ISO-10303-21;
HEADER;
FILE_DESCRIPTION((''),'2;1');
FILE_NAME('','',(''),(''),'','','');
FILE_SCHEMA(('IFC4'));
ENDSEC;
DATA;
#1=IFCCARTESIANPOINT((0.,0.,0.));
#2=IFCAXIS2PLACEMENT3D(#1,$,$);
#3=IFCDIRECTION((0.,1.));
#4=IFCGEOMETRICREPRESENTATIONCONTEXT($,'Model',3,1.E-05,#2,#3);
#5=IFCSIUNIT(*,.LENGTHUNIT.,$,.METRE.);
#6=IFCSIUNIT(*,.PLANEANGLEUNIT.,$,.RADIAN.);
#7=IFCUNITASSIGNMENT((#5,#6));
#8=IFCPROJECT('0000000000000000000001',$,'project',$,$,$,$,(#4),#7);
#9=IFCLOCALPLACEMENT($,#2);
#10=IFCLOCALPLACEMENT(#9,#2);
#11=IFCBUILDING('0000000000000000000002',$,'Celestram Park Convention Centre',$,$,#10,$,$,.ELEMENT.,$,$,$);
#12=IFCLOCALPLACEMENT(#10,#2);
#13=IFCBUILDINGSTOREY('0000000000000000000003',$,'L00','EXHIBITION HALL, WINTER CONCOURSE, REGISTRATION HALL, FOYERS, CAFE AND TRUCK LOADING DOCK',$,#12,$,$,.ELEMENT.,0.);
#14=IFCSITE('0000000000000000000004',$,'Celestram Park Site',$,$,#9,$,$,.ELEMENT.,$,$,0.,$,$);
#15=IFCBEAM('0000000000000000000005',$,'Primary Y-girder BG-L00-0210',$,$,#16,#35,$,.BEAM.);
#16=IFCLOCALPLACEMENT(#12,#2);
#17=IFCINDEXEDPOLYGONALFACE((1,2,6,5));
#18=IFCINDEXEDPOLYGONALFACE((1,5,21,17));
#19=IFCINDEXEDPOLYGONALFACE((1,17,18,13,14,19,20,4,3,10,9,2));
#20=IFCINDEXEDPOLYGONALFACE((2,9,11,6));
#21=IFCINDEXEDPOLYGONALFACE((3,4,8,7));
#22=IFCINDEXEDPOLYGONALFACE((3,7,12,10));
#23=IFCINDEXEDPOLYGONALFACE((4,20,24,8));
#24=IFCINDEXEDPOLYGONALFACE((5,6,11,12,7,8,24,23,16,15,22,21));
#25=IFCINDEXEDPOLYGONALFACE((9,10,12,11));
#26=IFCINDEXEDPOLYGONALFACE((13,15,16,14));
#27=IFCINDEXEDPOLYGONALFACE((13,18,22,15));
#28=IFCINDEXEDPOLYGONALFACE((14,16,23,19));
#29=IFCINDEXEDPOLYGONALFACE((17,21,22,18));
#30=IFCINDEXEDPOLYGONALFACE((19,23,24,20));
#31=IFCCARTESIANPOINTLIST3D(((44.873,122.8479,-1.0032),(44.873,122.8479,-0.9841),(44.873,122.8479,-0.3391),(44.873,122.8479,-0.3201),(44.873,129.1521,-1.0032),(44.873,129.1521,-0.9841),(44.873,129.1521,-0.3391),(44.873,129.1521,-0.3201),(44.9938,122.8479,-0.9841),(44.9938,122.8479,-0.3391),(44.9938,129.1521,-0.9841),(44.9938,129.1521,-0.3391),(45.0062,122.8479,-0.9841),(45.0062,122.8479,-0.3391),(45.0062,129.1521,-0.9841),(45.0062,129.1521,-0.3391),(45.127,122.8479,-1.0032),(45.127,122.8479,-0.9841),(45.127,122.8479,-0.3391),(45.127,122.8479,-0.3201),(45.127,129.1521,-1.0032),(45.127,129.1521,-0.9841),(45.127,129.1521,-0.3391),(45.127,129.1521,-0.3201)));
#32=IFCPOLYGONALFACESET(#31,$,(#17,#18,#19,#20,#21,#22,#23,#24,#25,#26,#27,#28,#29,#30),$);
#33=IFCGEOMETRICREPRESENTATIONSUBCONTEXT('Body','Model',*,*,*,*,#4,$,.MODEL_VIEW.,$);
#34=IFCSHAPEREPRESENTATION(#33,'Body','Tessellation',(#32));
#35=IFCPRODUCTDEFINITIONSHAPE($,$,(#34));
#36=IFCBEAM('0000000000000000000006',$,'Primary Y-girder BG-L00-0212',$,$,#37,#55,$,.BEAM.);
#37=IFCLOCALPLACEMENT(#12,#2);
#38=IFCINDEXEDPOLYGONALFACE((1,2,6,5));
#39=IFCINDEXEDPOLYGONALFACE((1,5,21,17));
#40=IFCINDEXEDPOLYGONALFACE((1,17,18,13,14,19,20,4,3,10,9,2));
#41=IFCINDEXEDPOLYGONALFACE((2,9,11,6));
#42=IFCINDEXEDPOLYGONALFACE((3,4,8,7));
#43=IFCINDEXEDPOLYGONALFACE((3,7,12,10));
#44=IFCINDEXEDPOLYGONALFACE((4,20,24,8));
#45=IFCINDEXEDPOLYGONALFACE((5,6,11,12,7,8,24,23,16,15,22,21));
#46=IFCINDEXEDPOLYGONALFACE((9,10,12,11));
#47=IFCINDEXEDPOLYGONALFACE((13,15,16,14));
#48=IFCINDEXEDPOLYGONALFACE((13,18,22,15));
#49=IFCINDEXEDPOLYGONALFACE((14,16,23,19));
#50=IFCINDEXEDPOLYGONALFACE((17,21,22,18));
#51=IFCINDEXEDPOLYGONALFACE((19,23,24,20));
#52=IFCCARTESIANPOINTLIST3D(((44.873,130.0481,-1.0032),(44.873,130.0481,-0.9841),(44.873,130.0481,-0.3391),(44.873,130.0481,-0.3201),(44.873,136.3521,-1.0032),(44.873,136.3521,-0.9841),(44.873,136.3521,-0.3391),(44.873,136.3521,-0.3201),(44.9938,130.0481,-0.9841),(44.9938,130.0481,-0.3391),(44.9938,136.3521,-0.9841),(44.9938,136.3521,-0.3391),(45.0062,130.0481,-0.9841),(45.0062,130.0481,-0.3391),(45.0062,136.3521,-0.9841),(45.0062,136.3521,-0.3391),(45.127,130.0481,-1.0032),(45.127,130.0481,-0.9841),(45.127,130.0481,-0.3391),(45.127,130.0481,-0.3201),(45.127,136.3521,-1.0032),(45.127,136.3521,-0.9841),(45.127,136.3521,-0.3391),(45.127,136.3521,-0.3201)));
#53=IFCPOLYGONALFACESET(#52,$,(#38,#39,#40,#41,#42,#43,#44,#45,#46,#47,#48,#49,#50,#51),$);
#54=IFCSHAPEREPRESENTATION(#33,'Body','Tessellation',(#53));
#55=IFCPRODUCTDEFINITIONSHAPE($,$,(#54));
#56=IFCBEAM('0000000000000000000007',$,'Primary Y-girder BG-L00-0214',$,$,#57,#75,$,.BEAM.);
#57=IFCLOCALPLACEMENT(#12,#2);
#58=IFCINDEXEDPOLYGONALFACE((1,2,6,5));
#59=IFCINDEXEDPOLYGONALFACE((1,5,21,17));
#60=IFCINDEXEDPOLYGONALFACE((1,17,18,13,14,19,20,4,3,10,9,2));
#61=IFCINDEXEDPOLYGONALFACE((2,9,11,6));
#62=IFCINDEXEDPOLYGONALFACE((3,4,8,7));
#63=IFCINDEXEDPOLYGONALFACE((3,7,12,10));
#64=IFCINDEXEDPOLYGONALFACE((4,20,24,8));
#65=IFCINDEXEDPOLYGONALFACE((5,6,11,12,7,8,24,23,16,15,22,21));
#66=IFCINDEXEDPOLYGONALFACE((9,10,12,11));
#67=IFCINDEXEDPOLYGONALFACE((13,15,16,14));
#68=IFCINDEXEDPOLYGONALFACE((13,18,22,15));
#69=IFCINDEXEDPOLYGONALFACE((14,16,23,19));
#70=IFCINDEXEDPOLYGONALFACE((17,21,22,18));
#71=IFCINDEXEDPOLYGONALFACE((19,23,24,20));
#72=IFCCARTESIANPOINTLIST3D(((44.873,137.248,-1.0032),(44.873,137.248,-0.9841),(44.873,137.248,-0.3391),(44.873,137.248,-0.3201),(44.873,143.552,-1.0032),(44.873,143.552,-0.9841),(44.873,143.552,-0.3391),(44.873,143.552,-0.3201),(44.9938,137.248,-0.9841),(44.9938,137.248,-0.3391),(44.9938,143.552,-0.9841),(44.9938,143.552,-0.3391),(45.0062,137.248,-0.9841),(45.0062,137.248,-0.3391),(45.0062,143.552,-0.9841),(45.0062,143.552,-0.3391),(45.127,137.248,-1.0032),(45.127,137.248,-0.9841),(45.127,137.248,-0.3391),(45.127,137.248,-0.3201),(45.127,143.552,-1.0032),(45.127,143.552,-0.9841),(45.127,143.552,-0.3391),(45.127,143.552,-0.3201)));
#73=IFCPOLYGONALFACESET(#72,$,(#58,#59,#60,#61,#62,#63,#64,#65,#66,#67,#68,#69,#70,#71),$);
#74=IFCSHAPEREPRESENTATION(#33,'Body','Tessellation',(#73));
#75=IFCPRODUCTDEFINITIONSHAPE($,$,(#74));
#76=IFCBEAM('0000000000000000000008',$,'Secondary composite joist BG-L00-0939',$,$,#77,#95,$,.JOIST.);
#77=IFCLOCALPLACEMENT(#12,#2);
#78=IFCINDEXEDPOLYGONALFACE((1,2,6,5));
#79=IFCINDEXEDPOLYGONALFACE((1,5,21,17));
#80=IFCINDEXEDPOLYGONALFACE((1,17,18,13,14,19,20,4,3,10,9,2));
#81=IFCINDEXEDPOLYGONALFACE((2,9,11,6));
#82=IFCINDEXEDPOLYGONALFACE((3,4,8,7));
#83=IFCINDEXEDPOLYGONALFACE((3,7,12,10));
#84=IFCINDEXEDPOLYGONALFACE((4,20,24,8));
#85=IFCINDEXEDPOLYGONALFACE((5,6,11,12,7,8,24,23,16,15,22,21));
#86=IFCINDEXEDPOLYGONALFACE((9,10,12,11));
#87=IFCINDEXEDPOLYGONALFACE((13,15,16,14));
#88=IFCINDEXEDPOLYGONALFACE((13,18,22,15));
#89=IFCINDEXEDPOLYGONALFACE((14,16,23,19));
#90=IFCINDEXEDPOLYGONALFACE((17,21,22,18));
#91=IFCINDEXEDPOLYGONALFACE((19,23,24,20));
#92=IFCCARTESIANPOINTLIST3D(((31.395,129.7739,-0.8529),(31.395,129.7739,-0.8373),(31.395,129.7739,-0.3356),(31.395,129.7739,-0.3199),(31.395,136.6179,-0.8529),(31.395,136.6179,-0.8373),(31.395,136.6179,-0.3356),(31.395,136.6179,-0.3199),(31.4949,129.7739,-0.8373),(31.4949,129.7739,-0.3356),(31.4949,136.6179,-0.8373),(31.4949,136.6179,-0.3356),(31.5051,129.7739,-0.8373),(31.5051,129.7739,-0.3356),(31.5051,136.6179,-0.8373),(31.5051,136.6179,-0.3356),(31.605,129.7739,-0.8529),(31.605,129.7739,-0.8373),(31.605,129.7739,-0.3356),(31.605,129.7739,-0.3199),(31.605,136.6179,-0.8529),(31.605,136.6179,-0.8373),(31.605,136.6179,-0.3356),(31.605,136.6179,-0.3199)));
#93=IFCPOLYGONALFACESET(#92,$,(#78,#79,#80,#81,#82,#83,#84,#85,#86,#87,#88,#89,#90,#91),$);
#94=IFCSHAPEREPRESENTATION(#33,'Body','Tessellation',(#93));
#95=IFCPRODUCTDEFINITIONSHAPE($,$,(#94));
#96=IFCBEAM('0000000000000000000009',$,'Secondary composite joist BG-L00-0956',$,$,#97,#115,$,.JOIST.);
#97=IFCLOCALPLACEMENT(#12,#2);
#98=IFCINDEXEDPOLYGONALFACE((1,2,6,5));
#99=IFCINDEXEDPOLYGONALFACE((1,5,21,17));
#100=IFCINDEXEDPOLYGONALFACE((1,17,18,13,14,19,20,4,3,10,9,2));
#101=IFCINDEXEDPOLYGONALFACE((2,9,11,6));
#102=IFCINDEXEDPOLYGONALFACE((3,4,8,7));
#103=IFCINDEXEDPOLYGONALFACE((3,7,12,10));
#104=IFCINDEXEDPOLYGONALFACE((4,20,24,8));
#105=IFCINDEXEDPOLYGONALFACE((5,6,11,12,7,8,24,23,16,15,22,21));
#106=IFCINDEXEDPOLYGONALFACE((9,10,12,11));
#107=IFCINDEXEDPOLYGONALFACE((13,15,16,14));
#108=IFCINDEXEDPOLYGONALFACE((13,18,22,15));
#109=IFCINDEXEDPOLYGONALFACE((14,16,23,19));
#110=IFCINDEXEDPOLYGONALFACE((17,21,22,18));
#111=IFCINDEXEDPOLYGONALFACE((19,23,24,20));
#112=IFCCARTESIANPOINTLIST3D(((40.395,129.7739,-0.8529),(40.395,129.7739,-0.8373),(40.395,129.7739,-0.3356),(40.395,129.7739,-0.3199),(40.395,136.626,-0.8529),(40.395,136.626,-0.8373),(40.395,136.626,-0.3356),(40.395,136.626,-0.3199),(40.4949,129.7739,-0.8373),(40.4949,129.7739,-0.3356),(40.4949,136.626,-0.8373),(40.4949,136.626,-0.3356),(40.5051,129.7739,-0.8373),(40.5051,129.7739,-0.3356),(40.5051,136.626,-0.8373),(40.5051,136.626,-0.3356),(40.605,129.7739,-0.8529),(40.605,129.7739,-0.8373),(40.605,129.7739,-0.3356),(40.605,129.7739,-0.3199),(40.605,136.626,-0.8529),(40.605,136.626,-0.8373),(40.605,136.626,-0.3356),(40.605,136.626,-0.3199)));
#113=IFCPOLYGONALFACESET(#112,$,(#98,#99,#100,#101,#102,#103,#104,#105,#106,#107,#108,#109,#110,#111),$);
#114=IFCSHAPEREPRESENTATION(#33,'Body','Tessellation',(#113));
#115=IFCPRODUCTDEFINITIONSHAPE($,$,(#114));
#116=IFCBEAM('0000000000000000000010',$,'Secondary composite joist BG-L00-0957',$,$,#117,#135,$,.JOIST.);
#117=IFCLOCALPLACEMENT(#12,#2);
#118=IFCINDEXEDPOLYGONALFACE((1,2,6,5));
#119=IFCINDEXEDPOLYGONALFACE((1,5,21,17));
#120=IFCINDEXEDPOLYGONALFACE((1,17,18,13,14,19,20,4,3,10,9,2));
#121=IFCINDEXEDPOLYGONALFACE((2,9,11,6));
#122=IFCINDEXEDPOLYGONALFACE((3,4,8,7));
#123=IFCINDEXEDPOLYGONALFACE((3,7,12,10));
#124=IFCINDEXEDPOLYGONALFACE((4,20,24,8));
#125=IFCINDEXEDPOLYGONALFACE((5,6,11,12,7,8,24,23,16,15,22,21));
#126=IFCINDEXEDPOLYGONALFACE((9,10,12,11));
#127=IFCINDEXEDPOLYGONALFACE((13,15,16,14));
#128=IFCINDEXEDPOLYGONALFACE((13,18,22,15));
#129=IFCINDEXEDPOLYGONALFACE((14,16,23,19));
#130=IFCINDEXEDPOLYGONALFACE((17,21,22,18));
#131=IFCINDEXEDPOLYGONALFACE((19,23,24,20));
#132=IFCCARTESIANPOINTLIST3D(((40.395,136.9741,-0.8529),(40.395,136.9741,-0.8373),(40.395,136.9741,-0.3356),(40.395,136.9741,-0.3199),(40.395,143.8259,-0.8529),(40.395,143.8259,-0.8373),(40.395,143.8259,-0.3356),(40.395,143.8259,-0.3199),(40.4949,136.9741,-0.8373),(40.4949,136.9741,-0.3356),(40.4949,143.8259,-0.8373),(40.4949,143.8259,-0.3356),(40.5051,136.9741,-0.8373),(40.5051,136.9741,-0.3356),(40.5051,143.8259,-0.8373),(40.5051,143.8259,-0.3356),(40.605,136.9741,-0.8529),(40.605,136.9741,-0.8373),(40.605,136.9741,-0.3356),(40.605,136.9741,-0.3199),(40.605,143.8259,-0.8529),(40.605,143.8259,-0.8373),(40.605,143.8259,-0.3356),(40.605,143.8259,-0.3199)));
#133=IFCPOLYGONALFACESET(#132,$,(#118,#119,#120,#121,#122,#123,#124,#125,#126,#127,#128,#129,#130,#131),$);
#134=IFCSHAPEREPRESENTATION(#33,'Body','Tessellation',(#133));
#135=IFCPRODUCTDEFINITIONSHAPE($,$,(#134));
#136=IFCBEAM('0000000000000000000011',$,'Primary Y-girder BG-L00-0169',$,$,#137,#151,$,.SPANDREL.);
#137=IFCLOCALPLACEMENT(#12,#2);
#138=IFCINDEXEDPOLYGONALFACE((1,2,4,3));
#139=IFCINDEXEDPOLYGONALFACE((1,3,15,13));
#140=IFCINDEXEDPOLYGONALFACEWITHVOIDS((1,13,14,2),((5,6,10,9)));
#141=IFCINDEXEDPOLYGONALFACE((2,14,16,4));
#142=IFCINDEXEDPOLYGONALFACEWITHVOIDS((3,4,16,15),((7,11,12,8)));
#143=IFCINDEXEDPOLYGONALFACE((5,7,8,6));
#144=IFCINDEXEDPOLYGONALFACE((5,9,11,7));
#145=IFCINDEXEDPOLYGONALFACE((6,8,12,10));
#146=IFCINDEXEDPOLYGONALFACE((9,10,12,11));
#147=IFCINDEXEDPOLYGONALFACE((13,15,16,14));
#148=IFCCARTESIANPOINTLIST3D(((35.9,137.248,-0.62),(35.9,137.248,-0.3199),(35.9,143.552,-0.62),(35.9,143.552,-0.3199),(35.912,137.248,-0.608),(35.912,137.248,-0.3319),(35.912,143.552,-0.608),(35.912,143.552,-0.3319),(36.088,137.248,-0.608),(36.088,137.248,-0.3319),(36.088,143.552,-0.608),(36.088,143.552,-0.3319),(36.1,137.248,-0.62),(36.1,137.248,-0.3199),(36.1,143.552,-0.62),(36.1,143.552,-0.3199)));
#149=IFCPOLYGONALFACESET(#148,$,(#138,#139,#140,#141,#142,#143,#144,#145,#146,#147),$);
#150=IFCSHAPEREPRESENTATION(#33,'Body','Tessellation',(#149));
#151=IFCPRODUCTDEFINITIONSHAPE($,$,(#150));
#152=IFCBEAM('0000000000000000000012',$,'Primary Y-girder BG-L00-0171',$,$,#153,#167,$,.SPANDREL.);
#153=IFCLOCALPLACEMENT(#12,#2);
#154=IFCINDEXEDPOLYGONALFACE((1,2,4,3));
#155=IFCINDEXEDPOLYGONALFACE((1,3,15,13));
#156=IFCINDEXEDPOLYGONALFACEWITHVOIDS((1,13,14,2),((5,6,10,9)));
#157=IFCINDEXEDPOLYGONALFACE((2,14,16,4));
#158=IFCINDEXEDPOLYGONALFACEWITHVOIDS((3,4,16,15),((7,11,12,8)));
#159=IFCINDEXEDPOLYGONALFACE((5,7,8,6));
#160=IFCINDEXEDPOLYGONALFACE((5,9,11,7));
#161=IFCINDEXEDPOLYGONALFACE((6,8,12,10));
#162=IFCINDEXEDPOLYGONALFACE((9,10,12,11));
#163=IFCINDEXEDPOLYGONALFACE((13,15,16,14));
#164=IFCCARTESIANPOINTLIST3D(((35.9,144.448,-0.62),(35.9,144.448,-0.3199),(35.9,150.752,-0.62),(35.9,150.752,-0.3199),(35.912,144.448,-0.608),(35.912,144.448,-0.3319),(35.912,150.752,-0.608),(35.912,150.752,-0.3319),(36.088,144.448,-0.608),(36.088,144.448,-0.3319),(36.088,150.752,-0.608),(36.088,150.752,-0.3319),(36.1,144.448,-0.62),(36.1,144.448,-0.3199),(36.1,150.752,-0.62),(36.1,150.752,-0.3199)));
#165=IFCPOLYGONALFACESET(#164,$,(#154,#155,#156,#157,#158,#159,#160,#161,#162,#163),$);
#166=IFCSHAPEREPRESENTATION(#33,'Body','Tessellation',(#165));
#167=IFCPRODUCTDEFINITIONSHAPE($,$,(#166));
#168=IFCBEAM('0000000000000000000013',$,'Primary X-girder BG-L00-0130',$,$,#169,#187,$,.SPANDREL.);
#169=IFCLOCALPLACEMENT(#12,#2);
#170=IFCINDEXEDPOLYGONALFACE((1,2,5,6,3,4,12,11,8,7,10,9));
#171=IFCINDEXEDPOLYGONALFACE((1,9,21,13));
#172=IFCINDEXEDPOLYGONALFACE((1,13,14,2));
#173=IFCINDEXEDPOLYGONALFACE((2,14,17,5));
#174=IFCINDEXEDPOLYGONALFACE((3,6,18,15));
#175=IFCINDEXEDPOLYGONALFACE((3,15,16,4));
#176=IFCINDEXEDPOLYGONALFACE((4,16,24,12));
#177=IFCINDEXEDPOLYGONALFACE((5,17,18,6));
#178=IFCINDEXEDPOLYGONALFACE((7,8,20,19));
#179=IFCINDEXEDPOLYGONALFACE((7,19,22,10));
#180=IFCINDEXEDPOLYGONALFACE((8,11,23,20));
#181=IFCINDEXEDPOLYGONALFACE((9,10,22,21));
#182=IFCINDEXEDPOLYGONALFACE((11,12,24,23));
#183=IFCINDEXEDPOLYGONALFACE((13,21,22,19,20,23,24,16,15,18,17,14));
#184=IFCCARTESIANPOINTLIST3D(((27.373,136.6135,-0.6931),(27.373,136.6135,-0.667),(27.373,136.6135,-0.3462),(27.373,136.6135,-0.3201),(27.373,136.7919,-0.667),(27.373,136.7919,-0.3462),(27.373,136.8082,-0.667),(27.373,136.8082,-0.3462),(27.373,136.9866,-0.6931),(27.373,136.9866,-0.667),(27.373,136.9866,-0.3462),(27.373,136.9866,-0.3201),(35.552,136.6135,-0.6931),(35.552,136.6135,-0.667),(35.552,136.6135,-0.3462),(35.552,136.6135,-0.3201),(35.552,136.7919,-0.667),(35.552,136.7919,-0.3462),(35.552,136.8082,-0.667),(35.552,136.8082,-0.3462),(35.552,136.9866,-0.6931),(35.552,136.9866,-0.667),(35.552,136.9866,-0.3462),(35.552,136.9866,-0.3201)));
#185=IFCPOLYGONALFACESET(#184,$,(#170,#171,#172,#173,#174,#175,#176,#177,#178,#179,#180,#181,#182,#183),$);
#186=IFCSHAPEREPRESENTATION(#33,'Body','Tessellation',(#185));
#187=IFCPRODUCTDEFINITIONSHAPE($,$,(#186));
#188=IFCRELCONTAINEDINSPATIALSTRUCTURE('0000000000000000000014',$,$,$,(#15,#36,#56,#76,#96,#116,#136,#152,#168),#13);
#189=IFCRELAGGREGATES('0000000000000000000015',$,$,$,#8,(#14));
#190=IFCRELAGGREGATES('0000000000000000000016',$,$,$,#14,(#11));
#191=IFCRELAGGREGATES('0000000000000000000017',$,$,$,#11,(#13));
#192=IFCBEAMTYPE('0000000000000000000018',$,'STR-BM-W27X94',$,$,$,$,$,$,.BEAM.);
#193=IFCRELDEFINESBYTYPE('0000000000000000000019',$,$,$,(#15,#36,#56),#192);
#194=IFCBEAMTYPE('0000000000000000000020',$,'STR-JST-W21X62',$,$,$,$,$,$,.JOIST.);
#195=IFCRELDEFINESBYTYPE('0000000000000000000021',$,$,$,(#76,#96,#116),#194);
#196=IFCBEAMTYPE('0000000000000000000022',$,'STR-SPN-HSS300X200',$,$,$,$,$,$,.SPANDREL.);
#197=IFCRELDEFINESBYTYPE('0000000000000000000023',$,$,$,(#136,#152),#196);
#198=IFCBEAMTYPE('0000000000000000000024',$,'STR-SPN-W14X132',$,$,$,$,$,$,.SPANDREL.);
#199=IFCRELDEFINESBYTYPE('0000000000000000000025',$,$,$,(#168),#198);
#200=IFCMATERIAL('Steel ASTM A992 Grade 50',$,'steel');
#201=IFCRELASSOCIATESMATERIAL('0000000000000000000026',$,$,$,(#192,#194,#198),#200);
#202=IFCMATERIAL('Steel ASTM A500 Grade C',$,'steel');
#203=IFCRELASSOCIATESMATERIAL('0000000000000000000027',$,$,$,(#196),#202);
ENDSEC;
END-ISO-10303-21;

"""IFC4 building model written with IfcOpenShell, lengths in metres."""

from ifc_helpers import new_model, si_unit, direction, frame, origin, origin_2d, place, context, subcontext, project, spatial, hollow_rectangle, i_section, extrude, material, material_profile, profile_set, type_object, element, save


model = new_model("IFC4")

# Units and contexts
model_context = context("Model", 3, precision=1e-05, world=origin(), true_north=direction((0.0, 1.0)))
body_context = subcontext(model_context, "Body", "Model", "MODEL_VIEW")
ifc_project = project(units=[si_unit("LENGTHUNIT", "METRE"), si_unit("PLANEANGLEUNIT", "RADIAN")], contexts=[model_context])

# Site, building, storey
site_placement = place(None, origin())
site = spatial("IfcSite", under=ifc_project, at=site_placement, Name="Celestram Park Site", CompositionType="ELEMENT", RefElevation=0.0)
building_placement = place(site_placement, origin())
building = spatial("IfcBuilding", under=site, at=building_placement, Name="Celestram Park Convention Centre", CompositionType="ELEMENT")
storey_placement = place(building_placement, origin())
storey = spatial("IfcBuildingStorey", under=building, at=storey_placement, Name="L00", Description="EXHIBITION HALL, WINTER CONCOURSE, REGISTRATION HALL, FOYERS, CAFE AND TRUCK LOADING DOCK", CompositionType="ELEMENT", Elevation=0.0)

# Beams
ifc_material_1 = material(Name="Steel ASTM A992 Grade 50", Category="steel")
ifc_material_profile_1 = material_profile(ifc_material_1, i_section(OverallWidth=0.2539, OverallDepth=0.6831, WebThickness=0.0125, FlangeThickness=0.019, at=origin_2d()), Name="W27X94")
ifc_profile_set_1 = profile_set([ifc_material_profile_1], Name="Steel ASTM A992 Grade 50")
beam_type_1 = type_object("IfcBeamType", Name="STR-BM-W27X94", PredefinedType="BEAM", material=ifc_profile_set_1)
beam_1_placement = place(storey_placement, frame((45.0, 122.8479, -0.6616), z_axis=(0.0, 1.0, 0.0), x_axis=(-1.0, 0.0, 0.0)))
element("IfcBeam", 1, at=beam_1_placement, inside=storey, type_object=beam_type_1, Name="Primary Y-girder BG-L00-0210", PredefinedType="BEAM", context=body_context, shape_type="SweptSolid", body=[
    extrude(i_section(OverallWidth=0.2539, OverallDepth=0.6831, WebThickness=0.0125, FlangeThickness=0.019, at=origin_2d()), origin(), (0.0, 0.0, 1.0), 6.3042),
])
for number, where, z_axis, x_axis, name in (
    (2, (45.0, 130.0481, -0.6616), (0.0, 1.0, 0.0), (-1.0, 0.0, 0.0), "Primary Y-girder BG-L00-0212"),
    (3, (45.0, 137.248, -0.6616), (0.0, 1.0, 0.0), (-1.0, 0.0, 0.0), "Primary Y-girder BG-L00-0214"),
):
    element("IfcBeam", number, at=place(storey_placement, frame(where, z_axis=z_axis, x_axis=x_axis)), inside=storey, type_object=beam_type_1, Name=name, PredefinedType="BEAM", context=body_context, shape_type="SweptSolid", body=[
        extrude(i_section(OverallWidth=0.2539, OverallDepth=0.6831, WebThickness=0.0125, FlangeThickness=0.019, at=origin_2d()), origin(), (0.0, 0.0, 1.0), 6.304),
    ])
ifc_material_profile_2 = material_profile(ifc_material_1, i_section(OverallWidth=0.21, OverallDepth=0.533, WebThickness=0.0103, FlangeThickness=0.0156, at=origin_2d()), Name="W21X62")
ifc_profile_set_2 = profile_set([ifc_material_profile_2], Name="Steel ASTM A992 Grade 50")
beam_type_2 = type_object("IfcBeamType", Name="STR-JST-W21X62", PredefinedType="JOIST", material=ifc_profile_set_2)
beam_2_placement = place(storey_placement, frame((31.5, 129.7739, -0.5864), z_axis=(0.0, 1.0, 0.0), x_axis=(-1.0, 0.0, 0.0)))
element("IfcBeam", 4, at=beam_2_placement, inside=storey, type_object=beam_type_2, Name="Secondary composite joist BG-L00-0939", PredefinedType="JOIST", context=body_context, shape_type="SweptSolid", body=[
    extrude(i_section(OverallWidth=0.21, OverallDepth=0.533, WebThickness=0.0103, FlangeThickness=0.0156, at=origin_2d()), origin(), (0.0, 0.0, 1.0), 6.844),
])
beam_3_placement = place(storey_placement, frame((40.5, 129.7739, -0.5864), z_axis=(0.0, 1.0, 0.0), x_axis=(-1.0, 0.0, 0.0)))
element("IfcBeam", 5, at=beam_3_placement, inside=storey, type_object=beam_type_2, Name="Secondary composite joist BG-L00-0956", PredefinedType="JOIST", context=body_context, shape_type="SweptSolid", body=[
    extrude(i_section(OverallWidth=0.21, OverallDepth=0.533, WebThickness=0.0103, FlangeThickness=0.0156, at=origin_2d()), origin(), (0.0, 0.0, 1.0), 6.8521),
])
beam_4_placement = place(storey_placement, frame((40.5, 136.9741, -0.5864), z_axis=(0.0, 1.0, 0.0), x_axis=(-1.0, 0.0, 0.0)))
element("IfcBeam", 6, at=beam_4_placement, inside=storey, type_object=beam_type_2, Name="Secondary composite joist BG-L00-0957", PredefinedType="JOIST", context=body_context, shape_type="SweptSolid", body=[
    extrude(i_section(OverallWidth=0.21, OverallDepth=0.533, WebThickness=0.0103, FlangeThickness=0.0156, at=origin_2d()), origin(), (0.0, 0.0, 1.0), 6.8518),
])
ifc_material_2 = material(Name="Steel ASTM A500 Grade C", Category="steel")
ifc_material_profile_3 = material_profile(ifc_material_2, hollow_rectangle(XDim=0.2, YDim=0.3, WallThickness=0.012, at=origin_2d()), Name="HSS300X200X12")
ifc_profile_set_3 = profile_set([ifc_material_profile_3], Name="Steel ASTM A500 Grade C")
beam_type_3 = type_object("IfcBeamType", Name="STR-SPN-HSS300X200", PredefinedType="SPANDREL", material=ifc_profile_set_3)
for number, where, z_axis, x_axis, name in (
    (7, (36.0, 137.248, -0.47), (0.0, 1.0, 0.0), (-1.0, 0.0, 0.0), "Primary Y-girder BG-L00-0169"),
    (8, (36.0, 144.448, -0.47), (0.0, 1.0, 0.0), (-1.0, 0.0, 0.0), "Primary Y-girder BG-L00-0171"),
):
    element("IfcBeam", number, at=place(storey_placement, frame(where, z_axis=z_axis, x_axis=x_axis)), inside=storey, type_object=beam_type_3, Name=name, PredefinedType="SPANDREL", context=body_context, shape_type="SweptSolid", body=[
        extrude(hollow_rectangle(XDim=0.2, YDim=0.3, WallThickness=0.012, at=origin_2d()), origin(), (0.0, 0.0, 1.0), 6.304),
    ])
ifc_material_profile_4 = material_profile(ifc_material_1, i_section(OverallWidth=0.373, OverallDepth=0.373, WebThickness=0.0164, FlangeThickness=0.0261, at=origin_2d()), Name="W14X132")
ifc_profile_set_4 = profile_set([ifc_material_profile_4], Name="Steel ASTM A992 Grade 50")
beam_type_4 = type_object("IfcBeamType", Name="STR-SPN-W14X132", PredefinedType="SPANDREL", material=ifc_profile_set_4)
beam_5_placement = place(storey_placement, frame((27.373, 136.8, -0.5066), z_axis=(1.0, 0.0, 0.0), x_axis=(0.0, 1.0, 0.0)))
element("IfcBeam", 9, at=beam_5_placement, inside=storey, type_object=beam_type_4, Name="Primary X-girder BG-L00-0130", PredefinedType="SPANDREL", context=body_context, shape_type="SweptSolid", body=[
    extrude(i_section(OverallWidth=0.373, OverallDepth=0.373, WebThickness=0.0164, FlangeThickness=0.0261, at=origin_2d()), origin(), (0.0, 0.0, 1.0), 8.179),
])

save(model, "model.ifc")
